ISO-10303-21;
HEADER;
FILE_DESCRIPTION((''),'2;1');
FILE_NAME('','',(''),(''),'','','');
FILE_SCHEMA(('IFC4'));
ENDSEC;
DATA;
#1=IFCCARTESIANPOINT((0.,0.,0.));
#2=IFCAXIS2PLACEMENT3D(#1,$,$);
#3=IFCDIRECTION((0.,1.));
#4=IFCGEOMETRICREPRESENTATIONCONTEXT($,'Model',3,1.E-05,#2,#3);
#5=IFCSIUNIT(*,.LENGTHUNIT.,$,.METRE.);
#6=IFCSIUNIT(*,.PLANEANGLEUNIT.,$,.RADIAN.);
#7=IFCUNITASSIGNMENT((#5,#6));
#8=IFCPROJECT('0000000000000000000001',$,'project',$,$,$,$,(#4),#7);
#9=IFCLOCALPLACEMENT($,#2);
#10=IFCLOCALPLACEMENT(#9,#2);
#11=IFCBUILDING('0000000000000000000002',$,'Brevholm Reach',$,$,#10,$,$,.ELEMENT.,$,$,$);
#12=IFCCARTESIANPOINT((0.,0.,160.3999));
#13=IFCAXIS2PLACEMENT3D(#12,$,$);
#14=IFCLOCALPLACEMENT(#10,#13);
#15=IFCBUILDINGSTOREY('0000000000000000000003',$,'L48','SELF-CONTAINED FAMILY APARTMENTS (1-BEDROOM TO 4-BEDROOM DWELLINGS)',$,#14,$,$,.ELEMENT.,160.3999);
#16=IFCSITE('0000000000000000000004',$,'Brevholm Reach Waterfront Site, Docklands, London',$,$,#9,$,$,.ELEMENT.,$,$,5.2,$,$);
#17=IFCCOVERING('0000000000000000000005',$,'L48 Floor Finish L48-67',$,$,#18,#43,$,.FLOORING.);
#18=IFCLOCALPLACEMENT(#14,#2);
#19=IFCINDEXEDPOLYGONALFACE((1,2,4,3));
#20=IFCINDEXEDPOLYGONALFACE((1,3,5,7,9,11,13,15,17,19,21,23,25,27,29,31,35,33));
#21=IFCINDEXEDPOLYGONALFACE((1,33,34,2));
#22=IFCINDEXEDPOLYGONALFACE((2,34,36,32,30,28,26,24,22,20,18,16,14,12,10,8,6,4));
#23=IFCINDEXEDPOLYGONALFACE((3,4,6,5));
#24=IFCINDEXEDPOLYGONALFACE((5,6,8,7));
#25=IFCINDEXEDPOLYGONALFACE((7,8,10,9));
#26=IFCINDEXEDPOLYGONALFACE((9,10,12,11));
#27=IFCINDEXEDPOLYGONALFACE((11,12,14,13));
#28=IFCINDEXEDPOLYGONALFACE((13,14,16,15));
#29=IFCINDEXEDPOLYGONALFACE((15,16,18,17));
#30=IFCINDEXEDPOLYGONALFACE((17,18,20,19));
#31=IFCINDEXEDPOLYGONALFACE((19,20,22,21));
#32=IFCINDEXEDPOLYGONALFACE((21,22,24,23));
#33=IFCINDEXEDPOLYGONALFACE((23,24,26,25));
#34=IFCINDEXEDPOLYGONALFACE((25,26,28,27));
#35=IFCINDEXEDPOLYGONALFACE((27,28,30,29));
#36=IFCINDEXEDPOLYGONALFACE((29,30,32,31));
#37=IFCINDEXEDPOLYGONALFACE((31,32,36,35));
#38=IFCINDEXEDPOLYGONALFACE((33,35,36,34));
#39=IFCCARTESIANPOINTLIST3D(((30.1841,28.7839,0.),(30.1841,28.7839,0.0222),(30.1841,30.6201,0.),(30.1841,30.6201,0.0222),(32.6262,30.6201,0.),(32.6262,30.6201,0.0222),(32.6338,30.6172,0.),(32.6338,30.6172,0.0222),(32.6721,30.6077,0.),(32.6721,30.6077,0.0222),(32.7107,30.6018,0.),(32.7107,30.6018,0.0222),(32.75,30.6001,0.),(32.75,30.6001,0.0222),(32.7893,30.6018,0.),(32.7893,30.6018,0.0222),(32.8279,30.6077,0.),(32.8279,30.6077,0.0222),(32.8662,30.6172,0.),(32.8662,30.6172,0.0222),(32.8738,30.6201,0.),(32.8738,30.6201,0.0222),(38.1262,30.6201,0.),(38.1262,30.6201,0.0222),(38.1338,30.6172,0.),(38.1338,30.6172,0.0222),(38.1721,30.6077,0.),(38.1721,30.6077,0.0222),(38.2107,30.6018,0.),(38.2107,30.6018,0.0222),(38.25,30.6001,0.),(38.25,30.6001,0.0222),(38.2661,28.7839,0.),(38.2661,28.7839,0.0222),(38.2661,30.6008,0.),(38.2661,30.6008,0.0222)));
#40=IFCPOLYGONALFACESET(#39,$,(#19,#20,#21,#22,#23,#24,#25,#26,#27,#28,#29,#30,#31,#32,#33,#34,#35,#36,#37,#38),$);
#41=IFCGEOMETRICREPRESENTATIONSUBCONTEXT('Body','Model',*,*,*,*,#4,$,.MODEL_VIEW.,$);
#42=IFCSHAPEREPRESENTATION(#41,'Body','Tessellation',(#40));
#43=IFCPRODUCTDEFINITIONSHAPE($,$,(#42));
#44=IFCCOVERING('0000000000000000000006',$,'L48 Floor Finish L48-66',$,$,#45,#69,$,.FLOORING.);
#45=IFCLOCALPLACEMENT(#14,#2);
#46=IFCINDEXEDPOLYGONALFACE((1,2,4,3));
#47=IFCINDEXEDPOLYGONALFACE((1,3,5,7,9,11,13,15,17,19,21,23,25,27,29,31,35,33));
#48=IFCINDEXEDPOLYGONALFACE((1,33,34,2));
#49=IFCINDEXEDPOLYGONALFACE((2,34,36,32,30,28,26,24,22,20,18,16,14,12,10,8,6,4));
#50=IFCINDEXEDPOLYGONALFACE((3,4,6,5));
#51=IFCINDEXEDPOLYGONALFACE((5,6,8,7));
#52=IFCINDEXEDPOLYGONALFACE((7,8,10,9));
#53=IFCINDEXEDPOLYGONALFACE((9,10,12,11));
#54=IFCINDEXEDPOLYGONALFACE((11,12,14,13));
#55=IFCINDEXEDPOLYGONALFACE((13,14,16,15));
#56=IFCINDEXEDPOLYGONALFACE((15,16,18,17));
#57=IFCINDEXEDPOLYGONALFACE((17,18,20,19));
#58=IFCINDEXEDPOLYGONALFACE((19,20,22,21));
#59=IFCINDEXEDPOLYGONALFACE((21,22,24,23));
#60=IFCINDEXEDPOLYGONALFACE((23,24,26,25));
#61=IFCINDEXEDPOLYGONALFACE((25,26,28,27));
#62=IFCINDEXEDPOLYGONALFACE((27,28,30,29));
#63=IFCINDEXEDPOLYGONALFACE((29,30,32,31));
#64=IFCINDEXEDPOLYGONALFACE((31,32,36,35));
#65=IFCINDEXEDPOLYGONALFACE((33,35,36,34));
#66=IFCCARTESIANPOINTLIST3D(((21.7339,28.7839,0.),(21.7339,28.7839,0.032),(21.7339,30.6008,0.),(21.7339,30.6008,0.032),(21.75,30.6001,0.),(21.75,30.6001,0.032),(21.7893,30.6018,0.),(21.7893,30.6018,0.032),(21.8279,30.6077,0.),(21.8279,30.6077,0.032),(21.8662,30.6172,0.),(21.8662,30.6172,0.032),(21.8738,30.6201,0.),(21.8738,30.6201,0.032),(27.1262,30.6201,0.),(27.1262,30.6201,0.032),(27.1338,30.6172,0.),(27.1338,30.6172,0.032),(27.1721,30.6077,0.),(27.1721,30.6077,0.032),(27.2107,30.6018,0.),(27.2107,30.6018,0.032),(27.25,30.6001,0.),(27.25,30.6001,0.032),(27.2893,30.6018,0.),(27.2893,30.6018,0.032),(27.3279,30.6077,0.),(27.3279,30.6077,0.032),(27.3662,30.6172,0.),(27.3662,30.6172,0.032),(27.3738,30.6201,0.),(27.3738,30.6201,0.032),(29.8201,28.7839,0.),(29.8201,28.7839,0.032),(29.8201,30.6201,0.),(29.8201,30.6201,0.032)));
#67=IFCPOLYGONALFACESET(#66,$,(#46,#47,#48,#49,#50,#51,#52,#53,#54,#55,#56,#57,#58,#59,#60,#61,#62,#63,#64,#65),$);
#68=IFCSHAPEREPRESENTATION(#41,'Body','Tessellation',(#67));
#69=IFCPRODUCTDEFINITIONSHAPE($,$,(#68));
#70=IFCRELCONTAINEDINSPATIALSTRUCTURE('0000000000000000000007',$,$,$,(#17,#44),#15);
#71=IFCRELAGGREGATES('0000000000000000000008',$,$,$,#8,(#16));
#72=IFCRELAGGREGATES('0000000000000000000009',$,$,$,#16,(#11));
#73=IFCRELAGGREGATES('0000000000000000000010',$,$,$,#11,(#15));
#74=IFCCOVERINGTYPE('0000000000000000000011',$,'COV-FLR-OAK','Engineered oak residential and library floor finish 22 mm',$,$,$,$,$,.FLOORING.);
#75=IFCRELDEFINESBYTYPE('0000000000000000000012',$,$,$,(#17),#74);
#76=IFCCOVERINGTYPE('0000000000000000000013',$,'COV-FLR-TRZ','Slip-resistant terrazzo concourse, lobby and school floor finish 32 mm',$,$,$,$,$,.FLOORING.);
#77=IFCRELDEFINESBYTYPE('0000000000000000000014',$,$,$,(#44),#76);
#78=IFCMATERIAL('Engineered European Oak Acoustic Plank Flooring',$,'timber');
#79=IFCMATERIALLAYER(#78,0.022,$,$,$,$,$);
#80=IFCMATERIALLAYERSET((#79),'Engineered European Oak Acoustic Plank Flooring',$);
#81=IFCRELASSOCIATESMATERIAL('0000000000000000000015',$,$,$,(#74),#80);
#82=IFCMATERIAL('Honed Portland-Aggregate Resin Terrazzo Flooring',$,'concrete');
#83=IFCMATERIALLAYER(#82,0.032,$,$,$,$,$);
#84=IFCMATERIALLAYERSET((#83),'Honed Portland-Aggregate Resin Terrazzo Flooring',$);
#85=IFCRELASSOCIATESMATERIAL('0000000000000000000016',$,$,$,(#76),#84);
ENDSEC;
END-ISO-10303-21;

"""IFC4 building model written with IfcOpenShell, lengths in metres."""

from ifc_helpers import new_model, si_unit, direction, frame, origin, place, context, subcontext, project, spatial, polyline, outline, extrude, material, layer, layer_set, type_object, element, save


model = new_model("IFC4")

# Units and contexts
model_context = context("Model", 3, precision=1e-05, world=origin(), true_north=direction((0.0, 1.0)))
body_context = subcontext(model_context, "Body", "Model", "MODEL_VIEW")
ifc_project = project(units=[si_unit("LENGTHUNIT", "METRE"), si_unit("PLANEANGLEUNIT", "RADIAN")], contexts=[model_context])

# Site, building, storey
site_placement = place(None, origin())
site = spatial("IfcSite", under=ifc_project, at=site_placement, Name="Brevholm Reach Waterfront Site, Docklands, London", CompositionType="ELEMENT", RefElevation=5.2)
building_placement = place(site_placement, origin())
building = spatial("IfcBuilding", under=site, at=building_placement, Name="Brevholm Reach", CompositionType="ELEMENT")
storey_placement = place(building_placement, frame((0.0, 0.0, 160.3999)))
storey = spatial("IfcBuildingStorey", under=building, at=storey_placement, Name="L48", Description="SELF-CONTAINED FAMILY APARTMENTS (1-BEDROOM TO 4-BEDROOM DWELLINGS)", CompositionType="ELEMENT", Elevation=160.3999)

# Coverings
ifc_material_1 = material(Name="Engineered European Oak Acoustic Plank Flooring", Category="timber")
ifc_layer_1 = layer(ifc_material_1, 0.022)
ifc_layer_set_1 = layer_set([ifc_layer_1], Name="Engineered European Oak Acoustic Plank Flooring")
covering_type_1 = type_object("IfcCoveringType", Name="COV-FLR-OAK", Description="Engineered oak residential and library floor finish 22 mm", PredefinedType="FLOORING", material=ifc_layer_set_1)
covering_1_placement = place(storey_placement, origin())
element("IfcCovering", 1, at=covering_1_placement, inside=storey, type_object=covering_type_1, Name="L48 Floor Finish L48-67", PredefinedType="FLOORING", context=body_context, shape_type="SweptSolid", body=[
    extrude(outline(polyline([(32.6262, 30.6201), (32.6338, 30.6172), (32.6721, 30.6077), (32.7107, 30.6018), (32.75, 30.6001), (32.7893, 30.6018), (32.8279, 30.6077), (32.8662, 30.6172), (32.8738, 30.6201), (38.1262, 30.6201), (38.1338, 30.6172), (38.1721, 30.6077), (38.2107, 30.6018), (38.25, 30.6001), (38.2661, 30.6008), (38.2661, 28.7839), (30.1841, 28.7839), (30.1841, 30.6201), (32.6262, 30.6201)])), origin(), (0.0, 0.0, 1.0), 0.0222),
])
ifc_material_2 = material(Name="Honed Portland-Aggregate Resin Terrazzo Flooring", Category="concrete")
ifc_layer_2 = layer(ifc_material_2, 0.032)
ifc_layer_set_2 = layer_set([ifc_layer_2], Name="Honed Portland-Aggregate Resin Terrazzo Flooring")
covering_type_2 = type_object("IfcCoveringType", Name="COV-FLR-TRZ", Description="Slip-resistant terrazzo concourse, lobby and school floor finish 32 mm", PredefinedType="FLOORING", material=ifc_layer_set_2)
covering_2_placement = place(storey_placement, origin())
element("IfcCovering", 2, at=covering_2_placement, inside=storey, type_object=covering_type_2, Name="L48 Floor Finish L48-66", PredefinedType="FLOORING", context=body_context, shape_type="SweptSolid", body=[
    extrude(outline(polyline([(27.1262, 30.6201), (27.1338, 30.6172), (27.1721, 30.6077), (27.2107, 30.6018), (27.25, 30.6001), (27.2893, 30.6018), (27.3279, 30.6077), (27.3662, 30.6172), (27.3738, 30.6201), (29.8201, 30.6201), (29.8201, 28.7839), (21.7339, 28.7839), (21.7339, 30.6008), (21.75, 30.6001), (21.7893, 30.6018), (21.8279, 30.6077), (21.8662, 30.6172), (21.8738, 30.6201), (27.1262, 30.6201)])), origin(), (0.0, 0.0, 1.0), 0.032),
])

save(model, "model.ifc")
